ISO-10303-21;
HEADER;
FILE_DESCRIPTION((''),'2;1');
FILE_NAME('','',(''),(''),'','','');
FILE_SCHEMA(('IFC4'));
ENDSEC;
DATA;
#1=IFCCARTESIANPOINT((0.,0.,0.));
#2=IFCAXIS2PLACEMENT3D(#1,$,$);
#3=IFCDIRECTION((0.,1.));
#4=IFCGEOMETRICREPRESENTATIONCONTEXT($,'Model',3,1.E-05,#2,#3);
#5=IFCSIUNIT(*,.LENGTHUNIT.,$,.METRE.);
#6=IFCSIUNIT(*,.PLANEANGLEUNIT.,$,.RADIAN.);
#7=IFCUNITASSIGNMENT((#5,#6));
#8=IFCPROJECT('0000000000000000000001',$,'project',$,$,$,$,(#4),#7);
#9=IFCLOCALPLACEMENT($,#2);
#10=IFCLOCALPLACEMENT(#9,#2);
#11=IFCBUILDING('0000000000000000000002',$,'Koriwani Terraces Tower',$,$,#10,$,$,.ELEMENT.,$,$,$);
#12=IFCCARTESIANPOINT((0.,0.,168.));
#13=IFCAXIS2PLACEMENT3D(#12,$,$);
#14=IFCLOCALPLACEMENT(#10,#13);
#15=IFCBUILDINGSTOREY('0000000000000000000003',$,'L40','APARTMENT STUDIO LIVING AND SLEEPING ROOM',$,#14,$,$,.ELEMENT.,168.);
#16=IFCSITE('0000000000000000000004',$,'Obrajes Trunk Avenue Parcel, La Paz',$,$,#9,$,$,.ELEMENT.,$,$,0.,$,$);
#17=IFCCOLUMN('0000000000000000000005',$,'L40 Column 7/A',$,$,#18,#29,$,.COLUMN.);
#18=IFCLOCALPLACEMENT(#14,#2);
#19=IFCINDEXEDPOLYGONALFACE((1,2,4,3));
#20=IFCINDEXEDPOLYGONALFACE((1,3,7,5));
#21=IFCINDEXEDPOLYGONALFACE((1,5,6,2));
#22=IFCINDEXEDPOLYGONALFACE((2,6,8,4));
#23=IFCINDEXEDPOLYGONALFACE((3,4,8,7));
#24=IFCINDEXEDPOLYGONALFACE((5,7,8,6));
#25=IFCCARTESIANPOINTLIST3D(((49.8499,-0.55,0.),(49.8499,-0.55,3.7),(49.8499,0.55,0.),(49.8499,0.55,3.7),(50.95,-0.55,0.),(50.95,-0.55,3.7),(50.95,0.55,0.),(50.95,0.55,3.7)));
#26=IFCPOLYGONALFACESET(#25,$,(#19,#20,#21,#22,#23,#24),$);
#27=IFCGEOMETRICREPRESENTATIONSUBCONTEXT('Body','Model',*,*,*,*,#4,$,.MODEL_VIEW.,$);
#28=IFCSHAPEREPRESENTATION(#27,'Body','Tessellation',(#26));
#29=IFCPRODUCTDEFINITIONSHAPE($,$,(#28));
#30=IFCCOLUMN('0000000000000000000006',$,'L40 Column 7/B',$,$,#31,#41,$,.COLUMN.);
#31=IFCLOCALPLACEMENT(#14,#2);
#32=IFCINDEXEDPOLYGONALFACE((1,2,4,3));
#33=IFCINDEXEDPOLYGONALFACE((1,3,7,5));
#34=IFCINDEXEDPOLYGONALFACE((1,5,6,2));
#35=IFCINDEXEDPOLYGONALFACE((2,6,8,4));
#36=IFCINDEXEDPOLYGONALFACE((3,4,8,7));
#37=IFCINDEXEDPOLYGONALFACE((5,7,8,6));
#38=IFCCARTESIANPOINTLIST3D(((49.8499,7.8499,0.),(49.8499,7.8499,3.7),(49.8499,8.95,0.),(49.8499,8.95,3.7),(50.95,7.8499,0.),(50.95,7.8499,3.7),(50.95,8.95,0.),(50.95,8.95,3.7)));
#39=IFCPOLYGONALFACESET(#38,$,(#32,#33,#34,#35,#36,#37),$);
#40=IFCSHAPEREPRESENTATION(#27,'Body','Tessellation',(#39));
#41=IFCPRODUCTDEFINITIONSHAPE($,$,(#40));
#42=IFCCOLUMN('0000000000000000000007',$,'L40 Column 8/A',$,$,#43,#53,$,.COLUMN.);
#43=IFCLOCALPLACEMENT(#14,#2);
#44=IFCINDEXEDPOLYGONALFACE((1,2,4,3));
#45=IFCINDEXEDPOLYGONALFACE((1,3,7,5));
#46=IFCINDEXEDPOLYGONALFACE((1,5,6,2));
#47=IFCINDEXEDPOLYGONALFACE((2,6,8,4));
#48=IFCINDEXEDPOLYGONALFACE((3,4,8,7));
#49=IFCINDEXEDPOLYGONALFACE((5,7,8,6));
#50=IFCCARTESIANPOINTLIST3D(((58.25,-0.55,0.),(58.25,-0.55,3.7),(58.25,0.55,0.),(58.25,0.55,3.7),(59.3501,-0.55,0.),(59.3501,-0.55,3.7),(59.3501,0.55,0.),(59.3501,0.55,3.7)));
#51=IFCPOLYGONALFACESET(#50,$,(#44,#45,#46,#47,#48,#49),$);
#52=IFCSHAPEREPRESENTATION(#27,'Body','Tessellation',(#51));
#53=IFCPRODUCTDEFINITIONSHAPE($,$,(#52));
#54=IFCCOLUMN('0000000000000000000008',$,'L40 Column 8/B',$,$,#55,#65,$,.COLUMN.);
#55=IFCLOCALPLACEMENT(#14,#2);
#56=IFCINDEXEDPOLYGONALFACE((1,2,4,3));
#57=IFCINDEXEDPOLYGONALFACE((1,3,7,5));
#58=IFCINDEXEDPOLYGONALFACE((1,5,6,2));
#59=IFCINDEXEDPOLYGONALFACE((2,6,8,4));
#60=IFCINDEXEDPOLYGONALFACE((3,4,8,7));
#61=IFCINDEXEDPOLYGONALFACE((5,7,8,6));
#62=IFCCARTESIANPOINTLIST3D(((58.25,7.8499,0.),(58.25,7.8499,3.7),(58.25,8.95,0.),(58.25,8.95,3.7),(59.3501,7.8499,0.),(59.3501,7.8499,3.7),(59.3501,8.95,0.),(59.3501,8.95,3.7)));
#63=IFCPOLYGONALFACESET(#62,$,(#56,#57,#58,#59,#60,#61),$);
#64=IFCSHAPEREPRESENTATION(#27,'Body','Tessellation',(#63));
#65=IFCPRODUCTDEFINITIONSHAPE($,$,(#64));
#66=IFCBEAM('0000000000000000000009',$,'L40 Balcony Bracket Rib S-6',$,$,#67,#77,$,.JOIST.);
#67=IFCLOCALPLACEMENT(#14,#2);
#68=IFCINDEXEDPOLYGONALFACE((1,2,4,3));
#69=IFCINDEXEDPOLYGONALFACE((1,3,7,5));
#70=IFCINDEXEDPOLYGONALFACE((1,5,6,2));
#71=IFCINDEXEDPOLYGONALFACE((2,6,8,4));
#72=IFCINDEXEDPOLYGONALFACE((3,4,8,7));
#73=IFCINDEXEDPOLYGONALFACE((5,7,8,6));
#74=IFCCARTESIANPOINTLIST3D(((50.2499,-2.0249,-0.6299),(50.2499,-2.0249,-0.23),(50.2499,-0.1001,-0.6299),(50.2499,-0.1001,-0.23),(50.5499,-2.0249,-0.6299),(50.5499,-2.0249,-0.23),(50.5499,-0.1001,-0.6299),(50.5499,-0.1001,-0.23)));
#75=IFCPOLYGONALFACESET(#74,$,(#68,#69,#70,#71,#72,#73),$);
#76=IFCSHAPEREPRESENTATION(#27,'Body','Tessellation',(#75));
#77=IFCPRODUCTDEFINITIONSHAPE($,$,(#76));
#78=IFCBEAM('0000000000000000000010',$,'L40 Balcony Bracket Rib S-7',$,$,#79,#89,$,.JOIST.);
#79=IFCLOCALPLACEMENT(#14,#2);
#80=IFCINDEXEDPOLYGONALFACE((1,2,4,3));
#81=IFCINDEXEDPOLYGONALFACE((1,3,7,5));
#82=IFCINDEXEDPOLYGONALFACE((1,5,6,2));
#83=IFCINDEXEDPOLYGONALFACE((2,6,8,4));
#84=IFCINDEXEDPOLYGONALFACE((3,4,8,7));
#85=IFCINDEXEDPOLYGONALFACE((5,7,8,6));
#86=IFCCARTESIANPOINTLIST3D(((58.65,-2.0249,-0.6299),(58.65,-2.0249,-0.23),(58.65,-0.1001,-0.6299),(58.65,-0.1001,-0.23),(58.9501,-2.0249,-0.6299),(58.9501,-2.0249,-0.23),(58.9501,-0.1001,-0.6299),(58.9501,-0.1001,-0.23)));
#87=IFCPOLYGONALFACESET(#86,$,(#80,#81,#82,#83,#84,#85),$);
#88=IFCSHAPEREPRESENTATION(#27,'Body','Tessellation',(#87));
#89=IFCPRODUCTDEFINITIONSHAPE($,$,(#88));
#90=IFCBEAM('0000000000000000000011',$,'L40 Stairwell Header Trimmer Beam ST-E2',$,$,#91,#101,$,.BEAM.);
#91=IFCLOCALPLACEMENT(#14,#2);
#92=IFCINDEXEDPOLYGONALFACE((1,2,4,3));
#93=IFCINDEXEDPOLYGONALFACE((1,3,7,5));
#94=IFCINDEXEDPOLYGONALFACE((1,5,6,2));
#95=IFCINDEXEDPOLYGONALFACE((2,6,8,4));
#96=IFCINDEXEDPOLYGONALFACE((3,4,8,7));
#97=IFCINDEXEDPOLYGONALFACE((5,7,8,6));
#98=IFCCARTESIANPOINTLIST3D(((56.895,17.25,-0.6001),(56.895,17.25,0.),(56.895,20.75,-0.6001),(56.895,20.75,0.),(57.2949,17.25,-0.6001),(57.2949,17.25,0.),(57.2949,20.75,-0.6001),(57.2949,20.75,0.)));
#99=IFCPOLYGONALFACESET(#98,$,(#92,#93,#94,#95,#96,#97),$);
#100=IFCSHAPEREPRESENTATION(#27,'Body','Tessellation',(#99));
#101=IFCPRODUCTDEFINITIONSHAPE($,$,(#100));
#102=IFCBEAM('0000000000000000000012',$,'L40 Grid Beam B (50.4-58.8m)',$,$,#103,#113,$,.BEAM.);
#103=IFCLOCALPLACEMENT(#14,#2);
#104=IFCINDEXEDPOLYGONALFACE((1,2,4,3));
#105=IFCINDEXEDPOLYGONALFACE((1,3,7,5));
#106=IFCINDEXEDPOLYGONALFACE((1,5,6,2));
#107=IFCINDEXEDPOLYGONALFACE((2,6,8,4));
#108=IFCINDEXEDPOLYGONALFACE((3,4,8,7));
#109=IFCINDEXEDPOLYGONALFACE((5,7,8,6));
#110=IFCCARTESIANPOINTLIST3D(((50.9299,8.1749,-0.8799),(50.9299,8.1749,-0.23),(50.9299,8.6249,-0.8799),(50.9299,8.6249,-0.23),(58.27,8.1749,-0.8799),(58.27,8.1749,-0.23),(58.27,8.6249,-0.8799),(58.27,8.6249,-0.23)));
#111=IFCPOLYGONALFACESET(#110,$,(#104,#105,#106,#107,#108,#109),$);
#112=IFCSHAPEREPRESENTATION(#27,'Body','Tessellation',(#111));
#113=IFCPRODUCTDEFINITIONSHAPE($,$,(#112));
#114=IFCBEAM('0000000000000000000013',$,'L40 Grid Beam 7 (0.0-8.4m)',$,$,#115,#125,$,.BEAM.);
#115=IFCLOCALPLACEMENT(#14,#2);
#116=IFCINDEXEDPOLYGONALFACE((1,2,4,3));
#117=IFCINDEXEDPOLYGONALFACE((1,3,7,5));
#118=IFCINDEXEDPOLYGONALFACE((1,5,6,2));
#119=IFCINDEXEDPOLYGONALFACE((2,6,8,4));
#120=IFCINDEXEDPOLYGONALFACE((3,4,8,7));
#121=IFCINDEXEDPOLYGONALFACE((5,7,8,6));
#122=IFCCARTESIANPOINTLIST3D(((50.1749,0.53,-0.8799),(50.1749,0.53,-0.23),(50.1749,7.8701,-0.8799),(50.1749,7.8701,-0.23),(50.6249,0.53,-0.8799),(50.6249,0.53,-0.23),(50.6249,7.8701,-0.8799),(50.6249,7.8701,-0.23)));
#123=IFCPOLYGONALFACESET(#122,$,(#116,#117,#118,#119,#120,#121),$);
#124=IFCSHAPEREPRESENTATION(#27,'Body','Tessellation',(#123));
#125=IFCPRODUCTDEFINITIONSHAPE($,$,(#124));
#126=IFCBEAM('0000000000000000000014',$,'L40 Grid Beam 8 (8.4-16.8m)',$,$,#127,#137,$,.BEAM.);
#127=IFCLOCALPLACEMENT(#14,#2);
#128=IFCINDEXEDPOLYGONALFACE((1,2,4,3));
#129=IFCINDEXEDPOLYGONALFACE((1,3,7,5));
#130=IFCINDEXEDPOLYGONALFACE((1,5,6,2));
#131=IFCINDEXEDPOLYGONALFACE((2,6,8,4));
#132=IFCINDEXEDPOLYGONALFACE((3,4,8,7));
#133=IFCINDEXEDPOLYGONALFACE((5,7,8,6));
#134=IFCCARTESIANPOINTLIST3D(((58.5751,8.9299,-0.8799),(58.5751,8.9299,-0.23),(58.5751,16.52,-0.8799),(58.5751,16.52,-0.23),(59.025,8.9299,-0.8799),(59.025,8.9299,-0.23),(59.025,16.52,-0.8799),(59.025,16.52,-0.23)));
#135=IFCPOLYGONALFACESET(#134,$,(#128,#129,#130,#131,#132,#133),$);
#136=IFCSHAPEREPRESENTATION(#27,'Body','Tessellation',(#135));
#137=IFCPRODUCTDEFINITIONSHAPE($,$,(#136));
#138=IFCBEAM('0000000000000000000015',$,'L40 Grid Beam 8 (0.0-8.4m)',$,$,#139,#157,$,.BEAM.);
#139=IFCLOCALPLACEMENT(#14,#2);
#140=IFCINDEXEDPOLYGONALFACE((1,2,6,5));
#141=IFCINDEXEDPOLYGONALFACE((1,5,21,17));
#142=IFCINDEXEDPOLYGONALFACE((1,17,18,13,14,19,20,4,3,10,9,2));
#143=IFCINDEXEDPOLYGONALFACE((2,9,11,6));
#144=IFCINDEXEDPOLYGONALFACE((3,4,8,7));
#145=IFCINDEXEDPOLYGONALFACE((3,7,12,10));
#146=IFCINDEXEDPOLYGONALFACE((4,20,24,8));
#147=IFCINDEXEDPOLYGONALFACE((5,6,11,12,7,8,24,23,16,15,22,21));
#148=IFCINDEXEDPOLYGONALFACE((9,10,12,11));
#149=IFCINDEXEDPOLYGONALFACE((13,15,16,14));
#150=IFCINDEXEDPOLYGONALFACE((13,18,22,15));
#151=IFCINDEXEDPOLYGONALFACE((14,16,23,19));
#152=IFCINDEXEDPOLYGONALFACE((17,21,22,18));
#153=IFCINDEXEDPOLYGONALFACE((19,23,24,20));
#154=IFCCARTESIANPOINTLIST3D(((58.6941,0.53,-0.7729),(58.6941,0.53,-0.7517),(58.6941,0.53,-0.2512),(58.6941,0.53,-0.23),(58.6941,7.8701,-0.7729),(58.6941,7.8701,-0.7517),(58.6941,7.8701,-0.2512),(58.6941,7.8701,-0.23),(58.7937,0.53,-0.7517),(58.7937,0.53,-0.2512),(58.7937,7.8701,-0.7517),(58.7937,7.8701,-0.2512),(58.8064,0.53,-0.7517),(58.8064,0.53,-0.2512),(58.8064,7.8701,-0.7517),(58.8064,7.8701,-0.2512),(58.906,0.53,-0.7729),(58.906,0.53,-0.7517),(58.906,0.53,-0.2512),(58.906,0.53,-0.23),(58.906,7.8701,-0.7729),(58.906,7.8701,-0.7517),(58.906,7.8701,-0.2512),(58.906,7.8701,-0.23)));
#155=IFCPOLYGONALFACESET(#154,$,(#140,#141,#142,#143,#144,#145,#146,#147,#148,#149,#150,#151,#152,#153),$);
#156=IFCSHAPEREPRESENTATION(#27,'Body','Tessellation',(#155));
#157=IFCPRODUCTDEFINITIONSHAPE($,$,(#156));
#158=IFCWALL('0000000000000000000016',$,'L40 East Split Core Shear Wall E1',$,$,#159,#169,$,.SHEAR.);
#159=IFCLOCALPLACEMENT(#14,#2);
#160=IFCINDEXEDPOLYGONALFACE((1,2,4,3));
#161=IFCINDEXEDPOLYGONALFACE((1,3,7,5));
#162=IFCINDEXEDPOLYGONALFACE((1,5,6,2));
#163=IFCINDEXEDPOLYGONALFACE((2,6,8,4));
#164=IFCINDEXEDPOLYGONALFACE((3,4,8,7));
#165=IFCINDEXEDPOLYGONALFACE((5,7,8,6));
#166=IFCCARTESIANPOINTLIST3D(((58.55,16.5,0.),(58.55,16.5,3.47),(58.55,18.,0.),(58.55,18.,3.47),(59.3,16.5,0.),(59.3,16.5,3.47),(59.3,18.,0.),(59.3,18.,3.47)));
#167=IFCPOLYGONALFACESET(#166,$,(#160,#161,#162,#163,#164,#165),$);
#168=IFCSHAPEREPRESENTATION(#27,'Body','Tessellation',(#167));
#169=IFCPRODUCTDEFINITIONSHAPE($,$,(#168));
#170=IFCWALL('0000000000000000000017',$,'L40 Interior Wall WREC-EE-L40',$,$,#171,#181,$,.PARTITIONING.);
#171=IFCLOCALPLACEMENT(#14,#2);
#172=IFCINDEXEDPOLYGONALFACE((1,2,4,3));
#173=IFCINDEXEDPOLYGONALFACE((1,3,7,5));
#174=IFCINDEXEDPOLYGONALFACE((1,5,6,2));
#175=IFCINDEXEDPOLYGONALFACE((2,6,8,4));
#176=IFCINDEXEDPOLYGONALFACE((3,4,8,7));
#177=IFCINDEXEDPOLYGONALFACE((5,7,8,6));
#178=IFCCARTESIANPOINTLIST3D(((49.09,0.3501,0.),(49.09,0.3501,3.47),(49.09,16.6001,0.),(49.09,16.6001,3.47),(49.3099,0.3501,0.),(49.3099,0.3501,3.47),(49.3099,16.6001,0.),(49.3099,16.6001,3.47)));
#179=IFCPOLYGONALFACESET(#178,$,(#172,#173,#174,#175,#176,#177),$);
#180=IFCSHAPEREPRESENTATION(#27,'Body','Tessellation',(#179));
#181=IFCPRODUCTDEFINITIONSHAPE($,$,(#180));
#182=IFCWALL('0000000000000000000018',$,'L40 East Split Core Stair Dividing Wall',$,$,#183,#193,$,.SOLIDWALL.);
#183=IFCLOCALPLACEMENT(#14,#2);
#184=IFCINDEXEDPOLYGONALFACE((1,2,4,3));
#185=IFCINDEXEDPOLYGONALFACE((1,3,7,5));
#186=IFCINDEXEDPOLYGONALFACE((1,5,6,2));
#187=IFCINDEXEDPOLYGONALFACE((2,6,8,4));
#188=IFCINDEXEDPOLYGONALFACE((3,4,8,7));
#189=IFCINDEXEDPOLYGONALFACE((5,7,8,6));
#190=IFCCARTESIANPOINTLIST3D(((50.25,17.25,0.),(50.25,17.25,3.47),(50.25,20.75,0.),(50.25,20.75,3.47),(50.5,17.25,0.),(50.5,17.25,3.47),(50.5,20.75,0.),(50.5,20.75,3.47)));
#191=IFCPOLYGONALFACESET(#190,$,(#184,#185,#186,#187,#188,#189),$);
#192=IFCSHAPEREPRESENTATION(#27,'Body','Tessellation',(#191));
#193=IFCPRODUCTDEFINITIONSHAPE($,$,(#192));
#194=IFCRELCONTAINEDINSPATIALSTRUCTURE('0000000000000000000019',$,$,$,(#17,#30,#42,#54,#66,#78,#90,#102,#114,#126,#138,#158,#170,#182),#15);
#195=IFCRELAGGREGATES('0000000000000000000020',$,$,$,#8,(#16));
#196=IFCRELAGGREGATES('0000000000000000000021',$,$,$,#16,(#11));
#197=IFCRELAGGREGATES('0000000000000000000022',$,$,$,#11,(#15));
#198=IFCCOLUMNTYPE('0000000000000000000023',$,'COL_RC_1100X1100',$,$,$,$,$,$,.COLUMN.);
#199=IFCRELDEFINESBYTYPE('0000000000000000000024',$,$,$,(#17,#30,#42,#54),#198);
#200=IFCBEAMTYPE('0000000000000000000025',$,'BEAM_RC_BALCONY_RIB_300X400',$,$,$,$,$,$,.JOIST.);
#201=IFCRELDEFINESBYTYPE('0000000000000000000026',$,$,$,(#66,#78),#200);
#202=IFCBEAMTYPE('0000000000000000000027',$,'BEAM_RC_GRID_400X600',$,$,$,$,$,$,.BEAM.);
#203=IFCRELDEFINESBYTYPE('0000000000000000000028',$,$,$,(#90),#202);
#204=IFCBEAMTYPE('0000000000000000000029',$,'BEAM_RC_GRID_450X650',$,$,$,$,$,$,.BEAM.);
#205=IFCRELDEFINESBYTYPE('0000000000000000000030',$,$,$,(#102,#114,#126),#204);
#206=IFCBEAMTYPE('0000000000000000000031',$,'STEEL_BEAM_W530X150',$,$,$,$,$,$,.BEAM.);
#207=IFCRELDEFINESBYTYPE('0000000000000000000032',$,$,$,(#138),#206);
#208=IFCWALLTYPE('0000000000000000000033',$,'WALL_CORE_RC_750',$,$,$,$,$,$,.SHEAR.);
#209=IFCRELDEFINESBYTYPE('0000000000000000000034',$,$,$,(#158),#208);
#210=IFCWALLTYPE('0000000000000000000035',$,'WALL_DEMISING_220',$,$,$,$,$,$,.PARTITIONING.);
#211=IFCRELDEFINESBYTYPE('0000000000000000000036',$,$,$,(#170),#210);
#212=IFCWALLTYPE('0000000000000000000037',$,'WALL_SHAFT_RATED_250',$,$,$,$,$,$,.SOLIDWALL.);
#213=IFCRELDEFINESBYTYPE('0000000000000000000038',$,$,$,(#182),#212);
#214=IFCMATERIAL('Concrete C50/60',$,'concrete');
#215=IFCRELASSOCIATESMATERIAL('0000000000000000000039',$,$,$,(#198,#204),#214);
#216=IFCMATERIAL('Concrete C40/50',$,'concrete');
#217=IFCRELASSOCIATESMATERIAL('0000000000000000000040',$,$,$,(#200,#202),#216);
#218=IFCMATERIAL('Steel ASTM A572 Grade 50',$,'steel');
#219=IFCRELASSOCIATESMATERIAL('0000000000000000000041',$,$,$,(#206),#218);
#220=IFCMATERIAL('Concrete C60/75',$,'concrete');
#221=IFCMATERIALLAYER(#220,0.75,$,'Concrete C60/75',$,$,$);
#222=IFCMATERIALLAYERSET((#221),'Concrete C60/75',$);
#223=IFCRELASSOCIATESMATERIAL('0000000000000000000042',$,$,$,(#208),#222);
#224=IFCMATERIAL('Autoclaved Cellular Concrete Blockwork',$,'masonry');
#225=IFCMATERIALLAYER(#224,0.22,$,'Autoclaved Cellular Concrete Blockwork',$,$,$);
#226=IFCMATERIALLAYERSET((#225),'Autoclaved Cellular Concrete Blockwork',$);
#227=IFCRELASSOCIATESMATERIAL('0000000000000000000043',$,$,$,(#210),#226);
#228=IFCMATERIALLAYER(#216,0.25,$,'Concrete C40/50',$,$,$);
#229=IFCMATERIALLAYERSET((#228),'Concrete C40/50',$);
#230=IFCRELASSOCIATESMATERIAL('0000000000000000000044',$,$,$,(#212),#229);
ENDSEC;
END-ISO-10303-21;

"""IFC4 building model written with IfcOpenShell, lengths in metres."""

from ifc_helpers import new_model, si_unit, direction, frame, frame_2d, origin, origin_2d, place, context, subcontext, project, spatial, rectangle, i_section, extrude, material, layer, layer_set, material_profile, profile_set, type_object, element, save


model = new_model("IFC4")

# Units and contexts
model_context = context("Model", 3, precision=1e-05, world=origin(), true_north=direction((0.0, 1.0)))
body_context = subcontext(model_context, "Body", "Model", "MODEL_VIEW")
ifc_project = project(units=[si_unit("LENGTHUNIT", "METRE"), si_unit("PLANEANGLEUNIT", "RADIAN")], contexts=[model_context])

# Site, building, storey
site_placement = place(None, origin())
site = spatial("IfcSite", under=ifc_project, at=site_placement, Name="Obrajes Trunk Avenue Parcel, La Paz", CompositionType="ELEMENT", RefElevation=0.0)
building_placement = place(site_placement, origin())
building = spatial("IfcBuilding", under=site, at=building_placement, Name="Koriwani Terraces Tower", CompositionType="ELEMENT")
storey_placement = place(building_placement, frame((0.0, 0.0, 168.0)))
storey = spatial("IfcBuildingStorey", under=building, at=storey_placement, Name="L40", Description="APARTMENT STUDIO LIVING AND SLEEPING ROOM", CompositionType="ELEMENT", Elevation=168.0)

# Columns
ifc_material_1 = material(Name="Concrete C50/60", Category="concrete")
ifc_material_profile_1 = material_profile(ifc_material_1, rectangle(XDim=1.1001, YDim=1.1001, at=origin_2d()), Name="Concrete C50/60", Category="LoadBearing")
ifc_profile_set_1 = profile_set([ifc_material_profile_1], Name="Concrete C50/60")
column_type = type_object("IfcColumnType", Name="COL_RC_1100X1100", PredefinedType="COLUMN", material=ifc_profile_set_1)
for number, where, z_axis, x_axis, name in (
    (1, (50.3999, 0.0, 0.0), (0.0, 0.0, 1.0), (1.0, 0.0, 0.0), "L40 Column 7/A"),
    (2, (50.3999, 8.3999, 0.0), (0.0, 0.0, 1.0), (1.0, 0.0, 0.0), "L40 Column 7/B"),
    (3, (58.8, 0.0, 0.0), (0.0, 0.0, 1.0), (1.0, 0.0, 0.0), "L40 Column 8/A"),
    (4, (58.8, 8.3999, 0.0), (0.0, 0.0, 1.0), (1.0, 0.0, 0.0), "L40 Column 8/B"),
):
    element("IfcColumn", number, at=place(storey_placement, frame(where, z_axis=z_axis, x_axis=x_axis)), inside=storey, type_object=column_type, Name=name, PredefinedType="COLUMN", context=body_context, shape_type="SweptSolid", body=[
        extrude(rectangle(XDim=1.1001, YDim=1.1001, at=origin_2d()), origin(), (0.0, 0.0, 1.0), 3.7),
    ])

# Beams
ifc_material_2 = material(Name="Concrete C40/50", Category="concrete")
ifc_material_profile_2 = material_profile(ifc_material_2, rectangle(XDim=0.3, YDim=0.3999, at=origin_2d()), Name="Concrete C40/50", Category="LoadBearing")
ifc_profile_set_2 = profile_set([ifc_material_profile_2], Name="Concrete C40/50")
beam_type_1 = type_object("IfcBeamType", Name="BEAM_RC_BALCONY_RIB_300X400", PredefinedType="JOIST", material=ifc_profile_set_2)
for number, where, z_axis, x_axis, name in (
    (5, (50.3999, -2.0249, -0.4299), (0.0, 1.0, 0.0), (-1.0, 0.0, 0.0), "L40 Balcony Bracket Rib S-6"),
    (6, (58.8, -2.0249, -0.4299), (0.0, 1.0, 0.0), (-1.0, 0.0, 0.0), "L40 Balcony Bracket Rib S-7"),
):
    element("IfcBeam", number, at=place(storey_placement, frame(where, z_axis=z_axis, x_axis=x_axis)), inside=storey, type_object=beam_type_1, Name=name, PredefinedType="JOIST", context=body_context, shape_type="SweptSolid", body=[
        extrude(rectangle(XDim=0.3, YDim=0.3999, at=origin_2d()), origin(), (0.0, 0.0, 1.0), 1.9248),
    ])
ifc_material_profile_3 = material_profile(ifc_material_2, rectangle(XDim=0.3999, YDim=0.6001, at=origin_2d()), Name="Concrete C40/50", Category="LoadBearing")
ifc_profile_set_3 = profile_set([ifc_material_profile_3], Name="Concrete C40/50")
beam_type_2 = type_object("IfcBeamType", Name="BEAM_RC_GRID_400X600", PredefinedType="BEAM", material=ifc_profile_set_3)
beam_1_placement = place(storey_placement, frame((57.095, 17.25, -0.3), z_axis=(0.0, 1.0, 0.0), x_axis=(-1.0, 0.0, 0.0)))
element("IfcBeam", 7, at=beam_1_placement, inside=storey, type_object=beam_type_2, Name="L40 Stairwell Header Trimmer Beam ST-E2", PredefinedType="BEAM", context=body_context, shape_type="SweptSolid", body=[
    extrude(rectangle(XDim=0.3999, YDim=0.6001, at=origin_2d()), origin(), (0.0, 0.0, 1.0), 3.5),
])
ifc_material_profile_4 = material_profile(ifc_material_1, rectangle(XDim=0.45, YDim=0.6499, at=origin_2d()), Name="Concrete C50/60", Category="LoadBearing")
ifc_profile_set_4 = profile_set([ifc_material_profile_4], Name="Concrete C50/60")
beam_type_3 = type_object("IfcBeamType", Name="BEAM_RC_GRID_450X650", PredefinedType="BEAM", material=ifc_profile_set_4)
for number, where, z_axis, x_axis, name in (
    (8, (50.9299, 8.3999, -0.5549), (1.0, 0.0, 0.0), (0.0, 1.0, 0.0), "L40 Grid Beam B (50.4-58.8m)"),
    (9, (50.3999, 0.53, -0.5549), (0.0, 1.0, 0.0), (-1.0, 0.0, 0.0), "L40 Grid Beam 7 (0.0-8.4m)"),
):
    element("IfcBeam", number, at=place(storey_placement, frame(where, z_axis=z_axis, x_axis=x_axis)), inside=storey, type_object=beam_type_3, Name=name, PredefinedType="BEAM", context=body_context, shape_type="SweptSolid", body=[
        extrude(rectangle(XDim=0.45, YDim=0.6499, at=origin_2d()), origin(), (0.0, 0.0, 1.0), 7.3401),
    ])
beam_2_placement = place(storey_placement, frame((58.8, 8.9299, -0.5549), z_axis=(0.0, 1.0, 0.0), x_axis=(-1.0, 0.0, 0.0)))
element("IfcBeam", 10, at=beam_2_placement, inside=storey, type_object=beam_type_3, Name="L40 Grid Beam 8 (8.4-16.8m)", PredefinedType="BEAM", context=body_context, shape_type="SweptSolid", body=[
    extrude(rectangle(XDim=0.45, YDim=0.6499, at=origin_2d()), origin(), (0.0, 0.0, 1.0), 7.5901),
])
ifc_material_3 = material(Name="Steel ASTM A572 Grade 50", Category="steel")
ifc_material_profile_5 = material_profile(ifc_material_3, i_section(OverallWidth=0.2119, OverallDepth=0.543, WebThickness=0.0127, FlangeThickness=0.0212, at=origin_2d()), Name="Steel ASTM A572 Grade 50", Category="LoadBearing")
ifc_profile_set_5 = profile_set([ifc_material_profile_5], Name="Steel ASTM A572 Grade 50")
beam_type_4 = type_object("IfcBeamType", Name="STEEL_BEAM_W530X150", PredefinedType="BEAM", material=ifc_profile_set_5)
beam_3_placement = place(storey_placement, frame((58.8, 0.53, -0.5015), z_axis=(0.0, 1.0, 0.0), x_axis=(-1.0, 0.0, 0.0)))
element("IfcBeam", 11, at=beam_3_placement, inside=storey, type_object=beam_type_4, Name="L40 Grid Beam 8 (0.0-8.4m)", PredefinedType="BEAM", context=body_context, shape_type="SweptSolid", body=[
    extrude(i_section(OverallWidth=0.2119, OverallDepth=0.543, WebThickness=0.0127, FlangeThickness=0.0212, at=origin_2d()), origin(), (0.0, 0.0, 1.0), 7.3401),
])

# Walls
ifc_material_4 = material(Name="Concrete C60/75", Category="concrete")
ifc_layer_1 = layer(ifc_material_4, 0.75, Name="Concrete C60/75")
ifc_layer_set_1 = layer_set([ifc_layer_1], Name="Concrete C60/75")
wall_type_1 = type_object("IfcWallType", Name="WALL_CORE_RC_750", PredefinedType="SHEAR", material=ifc_layer_set_1)
wall_1_placement = place(storey_placement, frame((58.925, 16.5, 0.0), z_axis=(0.0, 0.0, 1.0), x_axis=(0.0, 1.0, 0.0)))
element("IfcWall", 12, at=wall_1_placement, inside=storey, type_object=wall_type_1, Name="L40 East Split Core Shear Wall E1", PredefinedType="SHEAR", context=body_context, shape_type="SweptSolid", body=[
    extrude(rectangle(XDim=1.5, YDim=0.75, at=frame_2d((0.75, 0.0))), origin(), (0.0, 0.0, 1.0), 3.47),
])
ifc_material_5 = material(Name="Autoclaved Cellular Concrete Blockwork", Category="masonry")
ifc_layer_2 = layer(ifc_material_5, 0.22, Name="Autoclaved Cellular Concrete Blockwork")
ifc_layer_set_2 = layer_set([ifc_layer_2], Name="Autoclaved Cellular Concrete Blockwork")
wall_type_2 = type_object("IfcWallType", Name="WALL_DEMISING_220", PredefinedType="PARTITIONING", material=ifc_layer_set_2)
wall_2_placement = place(storey_placement, frame((49.2, 0.3501, 0.0), z_axis=(0.0, 0.0, 1.0), x_axis=(0.0, 1.0, 0.0)))
element("IfcWall", 13, at=wall_2_placement, inside=storey, type_object=wall_type_2, Name="L40 Interior Wall WREC-EE-L40", PredefinedType="PARTITIONING", context=body_context, shape_type="SweptSolid", body=[
    extrude(rectangle(XDim=16.25, YDim=0.22, at=frame_2d((8.125, 0.0))), origin(), (0.0, 0.0, 1.0), 3.47),
])
ifc_layer_3 = layer(ifc_material_2, 0.25, Name="Concrete C40/50")
ifc_layer_set_3 = layer_set([ifc_layer_3], Name="Concrete C40/50")
wall_type_3 = type_object("IfcWallType", Name="WALL_SHAFT_RATED_250", PredefinedType="SOLIDWALL", material=ifc_layer_set_3)
wall_3_placement = place(storey_placement, frame((50.375, 17.25, 0.0), z_axis=(0.0, 0.0, 1.0), x_axis=(0.0, 1.0, 0.0)))
element("IfcWall", 14, at=wall_3_placement, inside=storey, type_object=wall_type_3, Name="L40 East Split Core Stair Dividing Wall", PredefinedType="SOLIDWALL", context=body_context, shape_type="SweptSolid", body=[
    extrude(rectangle(XDim=3.5, YDim=0.25, at=frame_2d((1.75, 0.0))), origin(), (0.0, 0.0, 1.0), 3.47),
])

save(model, "model.ifc")
